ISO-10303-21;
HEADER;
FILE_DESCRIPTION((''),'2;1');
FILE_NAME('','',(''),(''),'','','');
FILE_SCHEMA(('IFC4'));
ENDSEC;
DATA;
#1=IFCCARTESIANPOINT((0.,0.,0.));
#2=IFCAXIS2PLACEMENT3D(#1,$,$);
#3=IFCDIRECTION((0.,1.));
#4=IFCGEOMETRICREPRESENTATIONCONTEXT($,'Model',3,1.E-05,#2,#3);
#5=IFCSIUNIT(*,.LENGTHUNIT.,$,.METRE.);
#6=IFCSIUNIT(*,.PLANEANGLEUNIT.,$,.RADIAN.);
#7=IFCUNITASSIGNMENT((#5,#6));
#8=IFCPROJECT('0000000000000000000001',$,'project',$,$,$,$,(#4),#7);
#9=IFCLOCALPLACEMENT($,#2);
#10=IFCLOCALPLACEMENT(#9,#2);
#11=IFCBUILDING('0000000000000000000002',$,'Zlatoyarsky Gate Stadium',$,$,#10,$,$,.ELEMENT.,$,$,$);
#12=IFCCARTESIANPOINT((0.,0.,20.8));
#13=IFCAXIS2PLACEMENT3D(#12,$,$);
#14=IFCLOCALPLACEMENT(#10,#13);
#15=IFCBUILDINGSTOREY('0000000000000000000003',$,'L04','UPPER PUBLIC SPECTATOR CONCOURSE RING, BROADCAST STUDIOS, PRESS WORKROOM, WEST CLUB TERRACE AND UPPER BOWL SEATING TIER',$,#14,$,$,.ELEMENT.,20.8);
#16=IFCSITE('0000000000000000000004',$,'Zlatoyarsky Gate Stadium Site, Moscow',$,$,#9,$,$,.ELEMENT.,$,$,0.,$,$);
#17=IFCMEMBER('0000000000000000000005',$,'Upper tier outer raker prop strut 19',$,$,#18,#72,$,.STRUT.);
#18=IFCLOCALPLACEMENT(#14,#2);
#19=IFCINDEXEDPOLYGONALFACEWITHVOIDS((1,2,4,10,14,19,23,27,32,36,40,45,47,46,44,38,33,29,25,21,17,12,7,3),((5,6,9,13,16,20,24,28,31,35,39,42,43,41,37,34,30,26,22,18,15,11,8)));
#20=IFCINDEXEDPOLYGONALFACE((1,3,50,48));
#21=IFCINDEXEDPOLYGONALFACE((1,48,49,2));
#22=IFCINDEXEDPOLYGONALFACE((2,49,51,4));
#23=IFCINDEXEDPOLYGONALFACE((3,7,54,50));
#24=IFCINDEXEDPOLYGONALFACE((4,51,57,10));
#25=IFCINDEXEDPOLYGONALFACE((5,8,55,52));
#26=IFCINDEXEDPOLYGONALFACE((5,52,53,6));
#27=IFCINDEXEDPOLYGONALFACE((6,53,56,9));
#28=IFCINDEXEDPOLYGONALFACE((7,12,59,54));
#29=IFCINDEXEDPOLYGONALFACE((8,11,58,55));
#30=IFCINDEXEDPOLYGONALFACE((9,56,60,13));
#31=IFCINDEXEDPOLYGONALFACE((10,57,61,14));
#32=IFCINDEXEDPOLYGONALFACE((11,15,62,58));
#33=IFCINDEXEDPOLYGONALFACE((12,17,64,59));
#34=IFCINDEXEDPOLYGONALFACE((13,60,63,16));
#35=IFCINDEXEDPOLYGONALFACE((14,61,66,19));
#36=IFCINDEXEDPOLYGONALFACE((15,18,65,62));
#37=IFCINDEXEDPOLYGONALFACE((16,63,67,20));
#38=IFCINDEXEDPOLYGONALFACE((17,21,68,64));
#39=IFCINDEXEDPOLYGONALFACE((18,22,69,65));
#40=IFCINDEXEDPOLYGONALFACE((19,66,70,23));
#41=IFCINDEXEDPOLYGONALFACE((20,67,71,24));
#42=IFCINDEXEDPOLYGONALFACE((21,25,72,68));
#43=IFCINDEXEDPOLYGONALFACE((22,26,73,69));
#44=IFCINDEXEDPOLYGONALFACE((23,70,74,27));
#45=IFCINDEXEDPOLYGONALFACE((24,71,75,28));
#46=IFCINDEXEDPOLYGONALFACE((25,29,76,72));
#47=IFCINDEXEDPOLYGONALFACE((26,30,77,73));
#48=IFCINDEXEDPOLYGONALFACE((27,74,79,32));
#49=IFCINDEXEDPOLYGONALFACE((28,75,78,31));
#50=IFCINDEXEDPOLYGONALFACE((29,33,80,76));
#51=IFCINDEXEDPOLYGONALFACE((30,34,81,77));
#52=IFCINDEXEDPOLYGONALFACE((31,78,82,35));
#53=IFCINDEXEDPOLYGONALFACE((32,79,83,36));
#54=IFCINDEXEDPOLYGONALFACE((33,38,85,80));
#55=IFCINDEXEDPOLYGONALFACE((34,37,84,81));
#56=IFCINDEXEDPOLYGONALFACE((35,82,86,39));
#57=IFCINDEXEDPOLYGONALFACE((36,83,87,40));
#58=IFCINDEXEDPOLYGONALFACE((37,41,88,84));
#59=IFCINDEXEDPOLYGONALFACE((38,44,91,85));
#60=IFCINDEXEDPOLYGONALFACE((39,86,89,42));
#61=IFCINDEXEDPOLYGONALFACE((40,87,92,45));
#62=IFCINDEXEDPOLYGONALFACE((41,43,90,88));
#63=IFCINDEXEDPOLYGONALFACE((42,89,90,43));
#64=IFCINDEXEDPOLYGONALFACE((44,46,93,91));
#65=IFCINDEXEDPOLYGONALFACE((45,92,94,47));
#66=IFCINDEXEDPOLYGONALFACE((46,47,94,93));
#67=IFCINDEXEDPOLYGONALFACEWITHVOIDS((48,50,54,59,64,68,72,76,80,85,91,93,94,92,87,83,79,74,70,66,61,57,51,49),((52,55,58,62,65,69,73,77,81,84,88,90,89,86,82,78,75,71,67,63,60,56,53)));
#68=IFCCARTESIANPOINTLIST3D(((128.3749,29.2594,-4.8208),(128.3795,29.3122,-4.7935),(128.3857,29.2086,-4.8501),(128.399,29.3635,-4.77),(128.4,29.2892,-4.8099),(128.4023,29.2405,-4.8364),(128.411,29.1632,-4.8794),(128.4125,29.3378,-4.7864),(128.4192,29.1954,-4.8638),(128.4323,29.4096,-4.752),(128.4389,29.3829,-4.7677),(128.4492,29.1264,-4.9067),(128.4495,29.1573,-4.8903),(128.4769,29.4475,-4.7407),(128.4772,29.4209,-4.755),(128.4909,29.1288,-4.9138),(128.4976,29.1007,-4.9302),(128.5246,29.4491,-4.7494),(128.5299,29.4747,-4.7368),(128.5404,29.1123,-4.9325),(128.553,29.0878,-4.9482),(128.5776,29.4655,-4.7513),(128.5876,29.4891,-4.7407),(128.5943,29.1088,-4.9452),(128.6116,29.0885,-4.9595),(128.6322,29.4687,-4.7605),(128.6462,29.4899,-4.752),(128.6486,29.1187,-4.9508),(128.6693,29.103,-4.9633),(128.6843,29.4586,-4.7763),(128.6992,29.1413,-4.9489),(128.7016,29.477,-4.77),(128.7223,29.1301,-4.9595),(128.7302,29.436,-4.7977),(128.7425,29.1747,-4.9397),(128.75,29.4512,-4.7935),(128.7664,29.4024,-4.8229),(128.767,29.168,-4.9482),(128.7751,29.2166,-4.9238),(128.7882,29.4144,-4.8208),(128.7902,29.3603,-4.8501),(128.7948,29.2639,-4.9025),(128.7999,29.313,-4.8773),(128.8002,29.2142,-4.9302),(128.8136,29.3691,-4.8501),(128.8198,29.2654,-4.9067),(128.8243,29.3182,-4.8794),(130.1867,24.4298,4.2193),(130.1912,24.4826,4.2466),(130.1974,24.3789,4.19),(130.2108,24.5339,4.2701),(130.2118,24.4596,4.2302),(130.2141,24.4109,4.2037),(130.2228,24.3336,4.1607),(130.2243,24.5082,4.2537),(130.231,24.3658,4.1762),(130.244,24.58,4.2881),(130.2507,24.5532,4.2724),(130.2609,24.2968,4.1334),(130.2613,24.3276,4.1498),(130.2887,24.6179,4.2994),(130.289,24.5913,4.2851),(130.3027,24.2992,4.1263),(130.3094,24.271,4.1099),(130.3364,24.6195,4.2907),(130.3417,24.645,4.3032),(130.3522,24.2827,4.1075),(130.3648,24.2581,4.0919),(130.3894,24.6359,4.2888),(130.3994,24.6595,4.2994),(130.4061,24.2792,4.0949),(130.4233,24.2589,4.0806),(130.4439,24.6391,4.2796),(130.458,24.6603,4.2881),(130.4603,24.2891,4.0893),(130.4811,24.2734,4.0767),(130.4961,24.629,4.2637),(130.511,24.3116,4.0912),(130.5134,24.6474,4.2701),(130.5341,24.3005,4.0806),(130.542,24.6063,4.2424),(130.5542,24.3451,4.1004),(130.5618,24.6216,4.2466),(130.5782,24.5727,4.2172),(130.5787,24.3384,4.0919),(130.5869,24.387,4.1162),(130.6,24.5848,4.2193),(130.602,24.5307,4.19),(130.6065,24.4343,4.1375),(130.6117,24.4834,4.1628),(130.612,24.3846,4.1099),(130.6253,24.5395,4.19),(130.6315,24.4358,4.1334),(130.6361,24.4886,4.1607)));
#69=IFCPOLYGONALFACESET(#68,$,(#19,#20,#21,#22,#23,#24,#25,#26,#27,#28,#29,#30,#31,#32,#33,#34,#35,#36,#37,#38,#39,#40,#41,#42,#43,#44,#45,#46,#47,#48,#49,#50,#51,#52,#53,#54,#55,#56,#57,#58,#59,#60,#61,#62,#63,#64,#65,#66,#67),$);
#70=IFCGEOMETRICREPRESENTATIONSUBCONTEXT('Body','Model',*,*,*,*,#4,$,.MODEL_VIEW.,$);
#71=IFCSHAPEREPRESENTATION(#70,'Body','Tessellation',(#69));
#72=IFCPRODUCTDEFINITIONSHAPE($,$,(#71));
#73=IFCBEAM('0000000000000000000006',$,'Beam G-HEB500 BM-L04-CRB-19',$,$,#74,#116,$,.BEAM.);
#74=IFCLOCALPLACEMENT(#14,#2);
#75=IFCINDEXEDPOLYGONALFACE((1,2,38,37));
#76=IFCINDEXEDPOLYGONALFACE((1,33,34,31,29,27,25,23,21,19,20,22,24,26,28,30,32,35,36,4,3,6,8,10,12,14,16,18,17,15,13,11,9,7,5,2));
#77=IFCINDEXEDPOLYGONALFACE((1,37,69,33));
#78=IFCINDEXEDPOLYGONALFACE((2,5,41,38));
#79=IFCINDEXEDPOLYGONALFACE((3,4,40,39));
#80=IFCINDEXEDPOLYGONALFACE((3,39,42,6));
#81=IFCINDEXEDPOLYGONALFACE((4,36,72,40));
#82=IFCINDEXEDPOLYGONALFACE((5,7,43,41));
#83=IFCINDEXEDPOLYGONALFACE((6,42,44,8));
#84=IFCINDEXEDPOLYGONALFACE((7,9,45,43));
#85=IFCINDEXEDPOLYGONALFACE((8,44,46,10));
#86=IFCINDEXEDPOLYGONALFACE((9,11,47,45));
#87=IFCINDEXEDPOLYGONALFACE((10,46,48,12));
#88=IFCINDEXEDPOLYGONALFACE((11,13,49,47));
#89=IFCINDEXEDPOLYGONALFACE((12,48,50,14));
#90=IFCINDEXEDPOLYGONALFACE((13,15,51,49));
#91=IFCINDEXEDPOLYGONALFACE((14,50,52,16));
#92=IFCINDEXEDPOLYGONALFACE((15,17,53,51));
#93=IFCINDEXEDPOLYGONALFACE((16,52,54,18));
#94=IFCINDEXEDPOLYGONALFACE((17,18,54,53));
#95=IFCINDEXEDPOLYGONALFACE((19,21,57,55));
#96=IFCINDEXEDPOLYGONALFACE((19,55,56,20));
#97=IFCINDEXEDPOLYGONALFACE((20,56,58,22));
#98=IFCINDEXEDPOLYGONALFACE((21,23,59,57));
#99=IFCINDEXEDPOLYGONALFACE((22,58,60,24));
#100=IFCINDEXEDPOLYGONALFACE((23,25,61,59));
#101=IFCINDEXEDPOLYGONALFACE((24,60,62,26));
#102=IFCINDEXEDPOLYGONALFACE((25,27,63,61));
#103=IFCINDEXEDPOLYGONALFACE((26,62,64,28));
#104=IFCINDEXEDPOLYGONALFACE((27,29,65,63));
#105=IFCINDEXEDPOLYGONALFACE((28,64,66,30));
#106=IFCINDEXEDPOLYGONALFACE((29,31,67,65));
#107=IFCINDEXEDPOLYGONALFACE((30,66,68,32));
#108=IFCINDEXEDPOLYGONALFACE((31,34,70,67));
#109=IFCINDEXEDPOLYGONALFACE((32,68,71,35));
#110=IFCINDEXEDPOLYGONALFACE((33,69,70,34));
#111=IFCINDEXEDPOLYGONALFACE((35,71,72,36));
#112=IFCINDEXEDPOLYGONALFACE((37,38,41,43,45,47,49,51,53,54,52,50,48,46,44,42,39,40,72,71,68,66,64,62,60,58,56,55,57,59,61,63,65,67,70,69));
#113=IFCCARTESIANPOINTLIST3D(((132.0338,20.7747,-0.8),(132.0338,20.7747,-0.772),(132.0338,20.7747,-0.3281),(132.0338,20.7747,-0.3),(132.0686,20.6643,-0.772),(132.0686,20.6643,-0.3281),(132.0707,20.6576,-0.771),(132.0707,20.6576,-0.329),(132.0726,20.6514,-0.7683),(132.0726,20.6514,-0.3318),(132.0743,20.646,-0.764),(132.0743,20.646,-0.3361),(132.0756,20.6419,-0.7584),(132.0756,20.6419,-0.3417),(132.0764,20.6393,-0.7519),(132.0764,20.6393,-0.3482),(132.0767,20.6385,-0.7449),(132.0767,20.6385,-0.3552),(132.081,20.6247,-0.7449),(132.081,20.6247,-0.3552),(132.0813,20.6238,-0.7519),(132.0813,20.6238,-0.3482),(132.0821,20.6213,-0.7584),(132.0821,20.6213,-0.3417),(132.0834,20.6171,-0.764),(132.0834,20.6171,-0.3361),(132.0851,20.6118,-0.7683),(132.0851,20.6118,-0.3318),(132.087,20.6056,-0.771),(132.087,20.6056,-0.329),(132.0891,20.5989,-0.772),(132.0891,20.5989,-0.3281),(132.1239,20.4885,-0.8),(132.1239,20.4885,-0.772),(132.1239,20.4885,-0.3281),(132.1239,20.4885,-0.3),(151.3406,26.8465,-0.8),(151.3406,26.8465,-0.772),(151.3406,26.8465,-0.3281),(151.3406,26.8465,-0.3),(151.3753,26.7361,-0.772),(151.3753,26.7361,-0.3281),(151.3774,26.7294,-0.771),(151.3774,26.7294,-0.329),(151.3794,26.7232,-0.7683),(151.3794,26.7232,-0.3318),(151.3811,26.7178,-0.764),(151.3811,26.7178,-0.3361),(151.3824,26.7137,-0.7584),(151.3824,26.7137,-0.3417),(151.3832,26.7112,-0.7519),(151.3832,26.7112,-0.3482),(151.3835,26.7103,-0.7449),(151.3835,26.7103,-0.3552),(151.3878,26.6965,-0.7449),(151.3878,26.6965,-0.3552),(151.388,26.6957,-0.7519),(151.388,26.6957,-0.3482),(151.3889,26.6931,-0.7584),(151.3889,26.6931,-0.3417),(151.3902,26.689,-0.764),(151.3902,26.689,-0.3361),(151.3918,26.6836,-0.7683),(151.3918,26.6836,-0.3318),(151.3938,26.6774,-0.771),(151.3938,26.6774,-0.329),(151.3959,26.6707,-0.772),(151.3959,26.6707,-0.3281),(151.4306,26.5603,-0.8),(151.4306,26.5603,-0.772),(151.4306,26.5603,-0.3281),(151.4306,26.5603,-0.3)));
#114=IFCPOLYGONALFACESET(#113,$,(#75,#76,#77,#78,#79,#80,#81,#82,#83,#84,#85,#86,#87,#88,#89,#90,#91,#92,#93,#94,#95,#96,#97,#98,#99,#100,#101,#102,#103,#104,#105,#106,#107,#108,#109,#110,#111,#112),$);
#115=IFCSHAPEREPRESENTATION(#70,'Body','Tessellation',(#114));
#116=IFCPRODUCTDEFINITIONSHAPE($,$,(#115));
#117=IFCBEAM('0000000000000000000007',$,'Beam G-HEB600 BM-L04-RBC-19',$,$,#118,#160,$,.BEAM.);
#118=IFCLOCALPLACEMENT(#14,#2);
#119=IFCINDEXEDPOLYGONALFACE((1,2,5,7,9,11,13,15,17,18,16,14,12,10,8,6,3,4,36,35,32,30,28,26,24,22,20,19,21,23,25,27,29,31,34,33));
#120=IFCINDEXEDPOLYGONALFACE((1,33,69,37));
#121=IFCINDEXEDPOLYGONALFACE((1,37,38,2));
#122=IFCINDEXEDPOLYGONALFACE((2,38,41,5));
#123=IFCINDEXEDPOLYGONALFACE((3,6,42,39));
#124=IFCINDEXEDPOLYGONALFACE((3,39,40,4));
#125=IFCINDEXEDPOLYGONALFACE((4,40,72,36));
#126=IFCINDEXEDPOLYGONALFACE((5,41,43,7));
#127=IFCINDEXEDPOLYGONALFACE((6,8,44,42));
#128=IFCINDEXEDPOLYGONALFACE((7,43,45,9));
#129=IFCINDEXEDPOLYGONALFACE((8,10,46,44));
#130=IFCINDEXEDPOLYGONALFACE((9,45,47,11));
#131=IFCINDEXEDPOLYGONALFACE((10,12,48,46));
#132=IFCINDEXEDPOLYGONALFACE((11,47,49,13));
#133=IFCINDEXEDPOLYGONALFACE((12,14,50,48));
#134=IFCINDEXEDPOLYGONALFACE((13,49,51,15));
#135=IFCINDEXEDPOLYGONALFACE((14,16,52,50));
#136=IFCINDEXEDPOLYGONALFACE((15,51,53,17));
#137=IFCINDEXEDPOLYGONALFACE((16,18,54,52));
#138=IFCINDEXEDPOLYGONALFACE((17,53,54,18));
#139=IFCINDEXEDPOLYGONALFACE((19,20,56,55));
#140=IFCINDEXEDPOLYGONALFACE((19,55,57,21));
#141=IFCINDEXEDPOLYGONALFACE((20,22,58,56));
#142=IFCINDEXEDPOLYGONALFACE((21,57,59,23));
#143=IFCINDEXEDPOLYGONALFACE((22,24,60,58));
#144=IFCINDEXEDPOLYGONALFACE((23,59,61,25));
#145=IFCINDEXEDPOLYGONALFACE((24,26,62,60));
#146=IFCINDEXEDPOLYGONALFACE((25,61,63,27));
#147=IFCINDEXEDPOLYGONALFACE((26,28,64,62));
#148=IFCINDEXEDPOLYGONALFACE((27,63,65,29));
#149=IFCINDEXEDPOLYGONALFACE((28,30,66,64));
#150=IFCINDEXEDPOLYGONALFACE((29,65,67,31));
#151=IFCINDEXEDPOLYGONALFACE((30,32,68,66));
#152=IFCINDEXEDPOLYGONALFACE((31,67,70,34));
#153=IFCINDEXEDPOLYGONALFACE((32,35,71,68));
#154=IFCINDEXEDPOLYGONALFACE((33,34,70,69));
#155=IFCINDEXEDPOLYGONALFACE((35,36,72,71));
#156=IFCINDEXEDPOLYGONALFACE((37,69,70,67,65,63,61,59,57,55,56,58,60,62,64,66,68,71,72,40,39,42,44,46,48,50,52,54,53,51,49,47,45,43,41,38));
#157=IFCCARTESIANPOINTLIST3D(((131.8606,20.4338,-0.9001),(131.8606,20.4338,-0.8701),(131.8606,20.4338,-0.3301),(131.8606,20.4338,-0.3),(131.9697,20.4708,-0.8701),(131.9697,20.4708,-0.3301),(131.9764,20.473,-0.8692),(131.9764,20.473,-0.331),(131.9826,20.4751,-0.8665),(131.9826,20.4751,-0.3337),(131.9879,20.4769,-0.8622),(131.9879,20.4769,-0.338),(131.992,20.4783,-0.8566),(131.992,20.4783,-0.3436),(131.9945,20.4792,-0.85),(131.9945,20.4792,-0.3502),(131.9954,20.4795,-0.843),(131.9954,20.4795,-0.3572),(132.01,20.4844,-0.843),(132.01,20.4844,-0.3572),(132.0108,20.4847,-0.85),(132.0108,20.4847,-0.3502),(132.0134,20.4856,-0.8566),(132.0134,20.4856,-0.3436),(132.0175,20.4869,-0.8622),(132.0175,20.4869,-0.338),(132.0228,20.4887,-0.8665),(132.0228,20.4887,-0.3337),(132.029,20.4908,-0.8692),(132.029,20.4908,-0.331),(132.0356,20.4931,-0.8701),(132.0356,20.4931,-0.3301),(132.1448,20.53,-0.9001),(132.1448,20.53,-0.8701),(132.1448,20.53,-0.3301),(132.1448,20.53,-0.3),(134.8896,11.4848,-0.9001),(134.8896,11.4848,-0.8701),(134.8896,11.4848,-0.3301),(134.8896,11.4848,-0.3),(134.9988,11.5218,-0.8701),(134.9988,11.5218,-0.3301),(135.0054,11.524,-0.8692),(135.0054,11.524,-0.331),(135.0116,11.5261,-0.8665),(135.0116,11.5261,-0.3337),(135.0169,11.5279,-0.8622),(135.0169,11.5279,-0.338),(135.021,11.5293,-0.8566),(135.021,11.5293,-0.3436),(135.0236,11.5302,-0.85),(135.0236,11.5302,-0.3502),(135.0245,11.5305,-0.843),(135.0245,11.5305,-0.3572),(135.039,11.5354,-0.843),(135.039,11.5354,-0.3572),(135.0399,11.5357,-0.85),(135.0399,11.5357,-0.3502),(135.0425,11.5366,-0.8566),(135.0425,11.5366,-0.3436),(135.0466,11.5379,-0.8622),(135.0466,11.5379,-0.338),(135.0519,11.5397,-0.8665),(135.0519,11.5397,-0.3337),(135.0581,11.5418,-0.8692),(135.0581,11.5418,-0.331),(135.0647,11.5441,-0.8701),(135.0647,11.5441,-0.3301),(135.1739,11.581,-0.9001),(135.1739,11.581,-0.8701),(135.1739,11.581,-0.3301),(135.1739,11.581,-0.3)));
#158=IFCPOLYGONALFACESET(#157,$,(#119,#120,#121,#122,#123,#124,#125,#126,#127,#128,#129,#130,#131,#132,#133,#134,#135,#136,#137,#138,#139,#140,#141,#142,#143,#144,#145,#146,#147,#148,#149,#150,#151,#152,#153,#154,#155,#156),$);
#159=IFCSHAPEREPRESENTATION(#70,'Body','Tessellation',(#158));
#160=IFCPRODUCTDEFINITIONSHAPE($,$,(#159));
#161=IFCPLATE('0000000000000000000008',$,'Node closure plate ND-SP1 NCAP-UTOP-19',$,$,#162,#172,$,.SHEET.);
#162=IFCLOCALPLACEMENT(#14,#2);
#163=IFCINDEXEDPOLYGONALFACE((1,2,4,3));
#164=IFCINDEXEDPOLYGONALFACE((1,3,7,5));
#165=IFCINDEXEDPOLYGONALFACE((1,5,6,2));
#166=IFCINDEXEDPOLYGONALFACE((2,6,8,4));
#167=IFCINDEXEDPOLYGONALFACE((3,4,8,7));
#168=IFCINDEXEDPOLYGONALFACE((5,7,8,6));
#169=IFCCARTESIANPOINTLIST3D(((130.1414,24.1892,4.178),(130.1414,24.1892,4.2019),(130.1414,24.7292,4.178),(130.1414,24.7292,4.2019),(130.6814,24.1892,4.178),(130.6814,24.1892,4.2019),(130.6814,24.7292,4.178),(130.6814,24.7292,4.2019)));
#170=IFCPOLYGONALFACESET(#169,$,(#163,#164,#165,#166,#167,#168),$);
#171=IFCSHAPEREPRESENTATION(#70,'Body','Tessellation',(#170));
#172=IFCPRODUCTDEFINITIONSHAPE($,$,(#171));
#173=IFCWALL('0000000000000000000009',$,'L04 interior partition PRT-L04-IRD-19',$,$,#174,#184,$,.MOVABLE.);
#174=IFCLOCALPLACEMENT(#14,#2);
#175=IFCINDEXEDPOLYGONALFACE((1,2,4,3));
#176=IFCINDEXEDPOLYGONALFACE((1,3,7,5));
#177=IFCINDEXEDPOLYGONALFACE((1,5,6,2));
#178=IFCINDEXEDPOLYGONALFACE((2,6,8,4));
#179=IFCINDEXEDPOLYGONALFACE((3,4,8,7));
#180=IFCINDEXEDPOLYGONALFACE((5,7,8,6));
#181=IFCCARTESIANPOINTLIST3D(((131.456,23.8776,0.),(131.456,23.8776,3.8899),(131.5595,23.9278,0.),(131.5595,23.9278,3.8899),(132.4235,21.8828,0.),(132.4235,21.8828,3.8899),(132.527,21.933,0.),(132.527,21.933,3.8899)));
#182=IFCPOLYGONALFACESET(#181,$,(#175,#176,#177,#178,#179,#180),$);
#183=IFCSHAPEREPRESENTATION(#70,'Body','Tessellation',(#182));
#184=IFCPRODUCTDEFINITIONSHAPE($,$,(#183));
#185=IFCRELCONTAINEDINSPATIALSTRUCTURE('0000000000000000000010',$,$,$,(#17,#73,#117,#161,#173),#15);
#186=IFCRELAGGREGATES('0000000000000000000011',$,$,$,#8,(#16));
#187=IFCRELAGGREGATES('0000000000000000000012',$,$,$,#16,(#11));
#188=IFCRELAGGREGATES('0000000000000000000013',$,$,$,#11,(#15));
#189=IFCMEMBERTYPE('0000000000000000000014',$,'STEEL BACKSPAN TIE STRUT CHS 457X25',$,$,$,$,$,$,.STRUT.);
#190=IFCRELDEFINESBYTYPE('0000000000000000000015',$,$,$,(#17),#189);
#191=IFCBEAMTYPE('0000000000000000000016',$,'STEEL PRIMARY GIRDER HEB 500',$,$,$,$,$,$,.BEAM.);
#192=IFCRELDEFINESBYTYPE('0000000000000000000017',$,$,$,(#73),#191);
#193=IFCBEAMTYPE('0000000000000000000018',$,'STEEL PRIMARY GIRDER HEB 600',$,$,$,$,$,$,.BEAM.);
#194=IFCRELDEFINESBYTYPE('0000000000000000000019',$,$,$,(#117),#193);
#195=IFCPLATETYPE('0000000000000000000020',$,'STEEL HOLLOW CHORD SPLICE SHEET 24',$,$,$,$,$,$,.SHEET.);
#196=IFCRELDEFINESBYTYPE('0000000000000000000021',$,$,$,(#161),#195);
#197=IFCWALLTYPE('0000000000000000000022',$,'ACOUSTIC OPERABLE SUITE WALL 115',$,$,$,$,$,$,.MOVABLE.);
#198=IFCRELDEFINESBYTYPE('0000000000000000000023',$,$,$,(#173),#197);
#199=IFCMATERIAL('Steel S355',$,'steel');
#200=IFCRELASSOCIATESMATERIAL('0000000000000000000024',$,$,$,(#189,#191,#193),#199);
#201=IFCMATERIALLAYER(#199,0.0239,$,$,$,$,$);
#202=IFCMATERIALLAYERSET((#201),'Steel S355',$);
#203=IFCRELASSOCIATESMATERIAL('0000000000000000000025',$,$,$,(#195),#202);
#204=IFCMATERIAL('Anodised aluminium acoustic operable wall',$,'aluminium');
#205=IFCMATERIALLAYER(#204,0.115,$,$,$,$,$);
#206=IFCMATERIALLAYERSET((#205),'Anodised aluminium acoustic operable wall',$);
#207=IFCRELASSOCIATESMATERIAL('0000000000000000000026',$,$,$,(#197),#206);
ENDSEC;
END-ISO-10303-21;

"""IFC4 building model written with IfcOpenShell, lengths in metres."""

from ifc_helpers import new_model, si_unit, direction, frame, frame_2d, origin, origin_2d, place, context, subcontext, project, spatial, rectangle, hollow_circle, i_section, extrude, material, layer, layer_set, material_profile, profile_set, type_object, element, save


model = new_model("IFC4")

# Units and contexts
model_context = context("Model", 3, precision=1e-05, world=origin(), true_north=direction((0.0, 1.0)))
body_context = subcontext(model_context, "Body", "Model", "MODEL_VIEW")
ifc_project = project(units=[si_unit("LENGTHUNIT", "METRE"), si_unit("PLANEANGLEUNIT", "RADIAN")], contexts=[model_context])

# Site, building, storey
site_placement = place(None, origin())
site = spatial("IfcSite", under=ifc_project, at=site_placement, Name="Zlatoyarsky Gate Stadium Site, Moscow", CompositionType="ELEMENT", RefElevation=0.0)
building_placement = place(site_placement, origin())
building = spatial("IfcBuilding", under=site, at=building_placement, Name="Zlatoyarsky Gate Stadium", CompositionType="ELEMENT")
storey_placement = place(building_placement, frame((0.0, 0.0, 20.8)))
storey = spatial("IfcBuildingStorey", under=building, at=storey_placement, Name="L04", Description="UPPER PUBLIC SPECTATOR CONCOURSE RING, BROADCAST STUDIOS, PRESS WORKROOM, WEST CLUB TERRACE AND UPPER BOWL SEATING TIER", CompositionType="ELEMENT", Elevation=20.8)

# Shared definitions
ifc_material_1 = material(Name="Steel S355", Category="steel")

# Member
ifc_material_profile_1 = material_profile(ifc_material_1, hollow_circle(Radius=0.2285, WallThickness=0.0249, at=origin_2d()), Name="CHS 457X25")
ifc_profile_set_1 = profile_set([ifc_material_profile_1], Name="Steel S355")
member_type = type_object("IfcMemberType", Name="STEEL BACKSPAN TIE STRUT CHS 457X25", PredefinedType="STRUT", material=ifc_profile_set_1)
member_placement = place(storey_placement, frame((128.5996, 29.2888, -4.8501), z_axis=(0.174072, -0.46402, 0.868553), x_axis=(0.936286, 0.351238, 0.0)))
element("IfcMember", 1, at=member_placement, inside=storey, type_object=member_type, Name="Upper tier outer raker prop strut 19", PredefinedType="STRUT", context=body_context, shape_type="SweptSolid", body=[
    extrude(hollow_circle(Radius=0.2285, WallThickness=0.0249, at=origin_2d()), origin(), (0.0, 0.0, 1.0), 10.4082),
])

# Beams
ifc_material_profile_2 = material_profile(ifc_material_1, i_section(OverallWidth=0.3, OverallDepth=0.5, WebThickness=0.0144, FlangeThickness=0.0281, FilletRadius=0.0271, at=origin_2d()), Name="HEB 500")
ifc_profile_set_2 = profile_set([ifc_material_profile_2], Name="Steel S355")
beam_type_1 = type_object("IfcBeamType", Name="STEEL PRIMARY GIRDER HEB 500", PredefinedType="BEAM", material=ifc_profile_set_2)
beam_1_placement = place(storey_placement, frame((132.0789, 20.6316, -0.55), z_axis=(0.953938, 0.300005, 0.0), x_axis=(-0.300005, 0.953938, 0.0)))
element("IfcBeam", 2, at=beam_1_placement, inside=storey, type_object=beam_type_1, Name="Beam G-HEB500 BM-L04-CRB-19", PredefinedType="BEAM", context=body_context, shape_type="SweptSolid", body=[
    extrude(i_section(OverallWidth=0.3, OverallDepth=0.5, WebThickness=0.0144, FlangeThickness=0.0281, FilletRadius=0.0271, at=origin_2d()), origin(), (0.0, 0.0, 1.0), 20.239),
])
ifc_material_profile_3 = material_profile(ifc_material_1, i_section(OverallWidth=0.3, OverallDepth=0.6001, WebThickness=0.0154, FlangeThickness=0.03, FilletRadius=0.0271, at=origin_2d()), Name="HEB 600")
ifc_profile_set_3 = profile_set([ifc_material_profile_3], Name="Steel S355")
beam_type_2 = type_object("IfcBeamType", Name="STEEL PRIMARY GIRDER HEB 600", PredefinedType="BEAM", material=ifc_profile_set_3)
beam_2_placement = place(storey_placement, frame((132.0027, 20.4819, -0.6001), z_axis=(0.320612, -0.947211, 0.0), x_axis=(0.947211, 0.320612, 0.0)))
element("IfcBeam", 3, at=beam_2_placement, inside=storey, type_object=beam_type_2, Name="Beam G-HEB600 BM-L04-RBC-19", PredefinedType="BEAM", context=body_context, shape_type="SweptSolid", body=[
    extrude(i_section(OverallWidth=0.3, OverallDepth=0.6001, WebThickness=0.0154, FlangeThickness=0.03, FilletRadius=0.0271, at=origin_2d()), origin(), (0.0, 0.0, 1.0), 9.4478),
])

# Plate
ifc_layer_1 = layer(ifc_material_1, 0.0239)
ifc_layer_set_1 = layer_set([ifc_layer_1], Name="Steel S355")
plate_type = type_object("IfcPlateType", Name="STEEL HOLLOW CHORD SPLICE SHEET 24", PredefinedType="SHEET", material=ifc_layer_set_1)
plate_placement = place(storey_placement, frame((130.4114, 24.4592, 4.178), z_axis=(0.0, 0.0, 1.0), x_axis=(1.0, 0.0, 0.0)))
element("IfcPlate", 4, at=plate_placement, inside=storey, type_object=plate_type, Name="Node closure plate ND-SP1 NCAP-UTOP-19", PredefinedType="SHEET", context=body_context, shape_type="SweptSolid", body=[
    extrude(rectangle(XDim=0.54, YDim=0.54, at=origin_2d()), origin(), (0.0, 0.0, 1.0), 0.0239),
])

# Wall
ifc_material_2 = material(Name="Anodised aluminium acoustic operable wall", Category="aluminium")
ifc_layer_2 = layer(ifc_material_2, 0.115)
ifc_layer_set_2 = layer_set([ifc_layer_2], Name="Anodised aluminium acoustic operable wall")
wall_type_1 = type_object("IfcWallType", Name="ACOUSTIC OPERABLE SUITE WALL 115", PredefinedType="MOVABLE", material=ifc_layer_set_2)
wall_1_placement = place(storey_placement, frame((131.5078, 23.9026, 0.0), z_axis=(0.0, 0.0, 1.0), x_axis=(0.43639, -0.899758, 0.0)))
element("IfcWall", 5, at=wall_1_placement, inside=storey, type_object=wall_type_1, Name="L04 interior partition PRT-L04-IRD-19", PredefinedType="MOVABLE", context=body_context, shape_type="SweptSolid", body=[
    extrude(rectangle(XDim=2.217, YDim=0.115, at=frame_2d((1.1084, 0.0))), origin(), (0.0, 0.0, 1.0), 3.8899),
])

save(model, "model.ifc")
